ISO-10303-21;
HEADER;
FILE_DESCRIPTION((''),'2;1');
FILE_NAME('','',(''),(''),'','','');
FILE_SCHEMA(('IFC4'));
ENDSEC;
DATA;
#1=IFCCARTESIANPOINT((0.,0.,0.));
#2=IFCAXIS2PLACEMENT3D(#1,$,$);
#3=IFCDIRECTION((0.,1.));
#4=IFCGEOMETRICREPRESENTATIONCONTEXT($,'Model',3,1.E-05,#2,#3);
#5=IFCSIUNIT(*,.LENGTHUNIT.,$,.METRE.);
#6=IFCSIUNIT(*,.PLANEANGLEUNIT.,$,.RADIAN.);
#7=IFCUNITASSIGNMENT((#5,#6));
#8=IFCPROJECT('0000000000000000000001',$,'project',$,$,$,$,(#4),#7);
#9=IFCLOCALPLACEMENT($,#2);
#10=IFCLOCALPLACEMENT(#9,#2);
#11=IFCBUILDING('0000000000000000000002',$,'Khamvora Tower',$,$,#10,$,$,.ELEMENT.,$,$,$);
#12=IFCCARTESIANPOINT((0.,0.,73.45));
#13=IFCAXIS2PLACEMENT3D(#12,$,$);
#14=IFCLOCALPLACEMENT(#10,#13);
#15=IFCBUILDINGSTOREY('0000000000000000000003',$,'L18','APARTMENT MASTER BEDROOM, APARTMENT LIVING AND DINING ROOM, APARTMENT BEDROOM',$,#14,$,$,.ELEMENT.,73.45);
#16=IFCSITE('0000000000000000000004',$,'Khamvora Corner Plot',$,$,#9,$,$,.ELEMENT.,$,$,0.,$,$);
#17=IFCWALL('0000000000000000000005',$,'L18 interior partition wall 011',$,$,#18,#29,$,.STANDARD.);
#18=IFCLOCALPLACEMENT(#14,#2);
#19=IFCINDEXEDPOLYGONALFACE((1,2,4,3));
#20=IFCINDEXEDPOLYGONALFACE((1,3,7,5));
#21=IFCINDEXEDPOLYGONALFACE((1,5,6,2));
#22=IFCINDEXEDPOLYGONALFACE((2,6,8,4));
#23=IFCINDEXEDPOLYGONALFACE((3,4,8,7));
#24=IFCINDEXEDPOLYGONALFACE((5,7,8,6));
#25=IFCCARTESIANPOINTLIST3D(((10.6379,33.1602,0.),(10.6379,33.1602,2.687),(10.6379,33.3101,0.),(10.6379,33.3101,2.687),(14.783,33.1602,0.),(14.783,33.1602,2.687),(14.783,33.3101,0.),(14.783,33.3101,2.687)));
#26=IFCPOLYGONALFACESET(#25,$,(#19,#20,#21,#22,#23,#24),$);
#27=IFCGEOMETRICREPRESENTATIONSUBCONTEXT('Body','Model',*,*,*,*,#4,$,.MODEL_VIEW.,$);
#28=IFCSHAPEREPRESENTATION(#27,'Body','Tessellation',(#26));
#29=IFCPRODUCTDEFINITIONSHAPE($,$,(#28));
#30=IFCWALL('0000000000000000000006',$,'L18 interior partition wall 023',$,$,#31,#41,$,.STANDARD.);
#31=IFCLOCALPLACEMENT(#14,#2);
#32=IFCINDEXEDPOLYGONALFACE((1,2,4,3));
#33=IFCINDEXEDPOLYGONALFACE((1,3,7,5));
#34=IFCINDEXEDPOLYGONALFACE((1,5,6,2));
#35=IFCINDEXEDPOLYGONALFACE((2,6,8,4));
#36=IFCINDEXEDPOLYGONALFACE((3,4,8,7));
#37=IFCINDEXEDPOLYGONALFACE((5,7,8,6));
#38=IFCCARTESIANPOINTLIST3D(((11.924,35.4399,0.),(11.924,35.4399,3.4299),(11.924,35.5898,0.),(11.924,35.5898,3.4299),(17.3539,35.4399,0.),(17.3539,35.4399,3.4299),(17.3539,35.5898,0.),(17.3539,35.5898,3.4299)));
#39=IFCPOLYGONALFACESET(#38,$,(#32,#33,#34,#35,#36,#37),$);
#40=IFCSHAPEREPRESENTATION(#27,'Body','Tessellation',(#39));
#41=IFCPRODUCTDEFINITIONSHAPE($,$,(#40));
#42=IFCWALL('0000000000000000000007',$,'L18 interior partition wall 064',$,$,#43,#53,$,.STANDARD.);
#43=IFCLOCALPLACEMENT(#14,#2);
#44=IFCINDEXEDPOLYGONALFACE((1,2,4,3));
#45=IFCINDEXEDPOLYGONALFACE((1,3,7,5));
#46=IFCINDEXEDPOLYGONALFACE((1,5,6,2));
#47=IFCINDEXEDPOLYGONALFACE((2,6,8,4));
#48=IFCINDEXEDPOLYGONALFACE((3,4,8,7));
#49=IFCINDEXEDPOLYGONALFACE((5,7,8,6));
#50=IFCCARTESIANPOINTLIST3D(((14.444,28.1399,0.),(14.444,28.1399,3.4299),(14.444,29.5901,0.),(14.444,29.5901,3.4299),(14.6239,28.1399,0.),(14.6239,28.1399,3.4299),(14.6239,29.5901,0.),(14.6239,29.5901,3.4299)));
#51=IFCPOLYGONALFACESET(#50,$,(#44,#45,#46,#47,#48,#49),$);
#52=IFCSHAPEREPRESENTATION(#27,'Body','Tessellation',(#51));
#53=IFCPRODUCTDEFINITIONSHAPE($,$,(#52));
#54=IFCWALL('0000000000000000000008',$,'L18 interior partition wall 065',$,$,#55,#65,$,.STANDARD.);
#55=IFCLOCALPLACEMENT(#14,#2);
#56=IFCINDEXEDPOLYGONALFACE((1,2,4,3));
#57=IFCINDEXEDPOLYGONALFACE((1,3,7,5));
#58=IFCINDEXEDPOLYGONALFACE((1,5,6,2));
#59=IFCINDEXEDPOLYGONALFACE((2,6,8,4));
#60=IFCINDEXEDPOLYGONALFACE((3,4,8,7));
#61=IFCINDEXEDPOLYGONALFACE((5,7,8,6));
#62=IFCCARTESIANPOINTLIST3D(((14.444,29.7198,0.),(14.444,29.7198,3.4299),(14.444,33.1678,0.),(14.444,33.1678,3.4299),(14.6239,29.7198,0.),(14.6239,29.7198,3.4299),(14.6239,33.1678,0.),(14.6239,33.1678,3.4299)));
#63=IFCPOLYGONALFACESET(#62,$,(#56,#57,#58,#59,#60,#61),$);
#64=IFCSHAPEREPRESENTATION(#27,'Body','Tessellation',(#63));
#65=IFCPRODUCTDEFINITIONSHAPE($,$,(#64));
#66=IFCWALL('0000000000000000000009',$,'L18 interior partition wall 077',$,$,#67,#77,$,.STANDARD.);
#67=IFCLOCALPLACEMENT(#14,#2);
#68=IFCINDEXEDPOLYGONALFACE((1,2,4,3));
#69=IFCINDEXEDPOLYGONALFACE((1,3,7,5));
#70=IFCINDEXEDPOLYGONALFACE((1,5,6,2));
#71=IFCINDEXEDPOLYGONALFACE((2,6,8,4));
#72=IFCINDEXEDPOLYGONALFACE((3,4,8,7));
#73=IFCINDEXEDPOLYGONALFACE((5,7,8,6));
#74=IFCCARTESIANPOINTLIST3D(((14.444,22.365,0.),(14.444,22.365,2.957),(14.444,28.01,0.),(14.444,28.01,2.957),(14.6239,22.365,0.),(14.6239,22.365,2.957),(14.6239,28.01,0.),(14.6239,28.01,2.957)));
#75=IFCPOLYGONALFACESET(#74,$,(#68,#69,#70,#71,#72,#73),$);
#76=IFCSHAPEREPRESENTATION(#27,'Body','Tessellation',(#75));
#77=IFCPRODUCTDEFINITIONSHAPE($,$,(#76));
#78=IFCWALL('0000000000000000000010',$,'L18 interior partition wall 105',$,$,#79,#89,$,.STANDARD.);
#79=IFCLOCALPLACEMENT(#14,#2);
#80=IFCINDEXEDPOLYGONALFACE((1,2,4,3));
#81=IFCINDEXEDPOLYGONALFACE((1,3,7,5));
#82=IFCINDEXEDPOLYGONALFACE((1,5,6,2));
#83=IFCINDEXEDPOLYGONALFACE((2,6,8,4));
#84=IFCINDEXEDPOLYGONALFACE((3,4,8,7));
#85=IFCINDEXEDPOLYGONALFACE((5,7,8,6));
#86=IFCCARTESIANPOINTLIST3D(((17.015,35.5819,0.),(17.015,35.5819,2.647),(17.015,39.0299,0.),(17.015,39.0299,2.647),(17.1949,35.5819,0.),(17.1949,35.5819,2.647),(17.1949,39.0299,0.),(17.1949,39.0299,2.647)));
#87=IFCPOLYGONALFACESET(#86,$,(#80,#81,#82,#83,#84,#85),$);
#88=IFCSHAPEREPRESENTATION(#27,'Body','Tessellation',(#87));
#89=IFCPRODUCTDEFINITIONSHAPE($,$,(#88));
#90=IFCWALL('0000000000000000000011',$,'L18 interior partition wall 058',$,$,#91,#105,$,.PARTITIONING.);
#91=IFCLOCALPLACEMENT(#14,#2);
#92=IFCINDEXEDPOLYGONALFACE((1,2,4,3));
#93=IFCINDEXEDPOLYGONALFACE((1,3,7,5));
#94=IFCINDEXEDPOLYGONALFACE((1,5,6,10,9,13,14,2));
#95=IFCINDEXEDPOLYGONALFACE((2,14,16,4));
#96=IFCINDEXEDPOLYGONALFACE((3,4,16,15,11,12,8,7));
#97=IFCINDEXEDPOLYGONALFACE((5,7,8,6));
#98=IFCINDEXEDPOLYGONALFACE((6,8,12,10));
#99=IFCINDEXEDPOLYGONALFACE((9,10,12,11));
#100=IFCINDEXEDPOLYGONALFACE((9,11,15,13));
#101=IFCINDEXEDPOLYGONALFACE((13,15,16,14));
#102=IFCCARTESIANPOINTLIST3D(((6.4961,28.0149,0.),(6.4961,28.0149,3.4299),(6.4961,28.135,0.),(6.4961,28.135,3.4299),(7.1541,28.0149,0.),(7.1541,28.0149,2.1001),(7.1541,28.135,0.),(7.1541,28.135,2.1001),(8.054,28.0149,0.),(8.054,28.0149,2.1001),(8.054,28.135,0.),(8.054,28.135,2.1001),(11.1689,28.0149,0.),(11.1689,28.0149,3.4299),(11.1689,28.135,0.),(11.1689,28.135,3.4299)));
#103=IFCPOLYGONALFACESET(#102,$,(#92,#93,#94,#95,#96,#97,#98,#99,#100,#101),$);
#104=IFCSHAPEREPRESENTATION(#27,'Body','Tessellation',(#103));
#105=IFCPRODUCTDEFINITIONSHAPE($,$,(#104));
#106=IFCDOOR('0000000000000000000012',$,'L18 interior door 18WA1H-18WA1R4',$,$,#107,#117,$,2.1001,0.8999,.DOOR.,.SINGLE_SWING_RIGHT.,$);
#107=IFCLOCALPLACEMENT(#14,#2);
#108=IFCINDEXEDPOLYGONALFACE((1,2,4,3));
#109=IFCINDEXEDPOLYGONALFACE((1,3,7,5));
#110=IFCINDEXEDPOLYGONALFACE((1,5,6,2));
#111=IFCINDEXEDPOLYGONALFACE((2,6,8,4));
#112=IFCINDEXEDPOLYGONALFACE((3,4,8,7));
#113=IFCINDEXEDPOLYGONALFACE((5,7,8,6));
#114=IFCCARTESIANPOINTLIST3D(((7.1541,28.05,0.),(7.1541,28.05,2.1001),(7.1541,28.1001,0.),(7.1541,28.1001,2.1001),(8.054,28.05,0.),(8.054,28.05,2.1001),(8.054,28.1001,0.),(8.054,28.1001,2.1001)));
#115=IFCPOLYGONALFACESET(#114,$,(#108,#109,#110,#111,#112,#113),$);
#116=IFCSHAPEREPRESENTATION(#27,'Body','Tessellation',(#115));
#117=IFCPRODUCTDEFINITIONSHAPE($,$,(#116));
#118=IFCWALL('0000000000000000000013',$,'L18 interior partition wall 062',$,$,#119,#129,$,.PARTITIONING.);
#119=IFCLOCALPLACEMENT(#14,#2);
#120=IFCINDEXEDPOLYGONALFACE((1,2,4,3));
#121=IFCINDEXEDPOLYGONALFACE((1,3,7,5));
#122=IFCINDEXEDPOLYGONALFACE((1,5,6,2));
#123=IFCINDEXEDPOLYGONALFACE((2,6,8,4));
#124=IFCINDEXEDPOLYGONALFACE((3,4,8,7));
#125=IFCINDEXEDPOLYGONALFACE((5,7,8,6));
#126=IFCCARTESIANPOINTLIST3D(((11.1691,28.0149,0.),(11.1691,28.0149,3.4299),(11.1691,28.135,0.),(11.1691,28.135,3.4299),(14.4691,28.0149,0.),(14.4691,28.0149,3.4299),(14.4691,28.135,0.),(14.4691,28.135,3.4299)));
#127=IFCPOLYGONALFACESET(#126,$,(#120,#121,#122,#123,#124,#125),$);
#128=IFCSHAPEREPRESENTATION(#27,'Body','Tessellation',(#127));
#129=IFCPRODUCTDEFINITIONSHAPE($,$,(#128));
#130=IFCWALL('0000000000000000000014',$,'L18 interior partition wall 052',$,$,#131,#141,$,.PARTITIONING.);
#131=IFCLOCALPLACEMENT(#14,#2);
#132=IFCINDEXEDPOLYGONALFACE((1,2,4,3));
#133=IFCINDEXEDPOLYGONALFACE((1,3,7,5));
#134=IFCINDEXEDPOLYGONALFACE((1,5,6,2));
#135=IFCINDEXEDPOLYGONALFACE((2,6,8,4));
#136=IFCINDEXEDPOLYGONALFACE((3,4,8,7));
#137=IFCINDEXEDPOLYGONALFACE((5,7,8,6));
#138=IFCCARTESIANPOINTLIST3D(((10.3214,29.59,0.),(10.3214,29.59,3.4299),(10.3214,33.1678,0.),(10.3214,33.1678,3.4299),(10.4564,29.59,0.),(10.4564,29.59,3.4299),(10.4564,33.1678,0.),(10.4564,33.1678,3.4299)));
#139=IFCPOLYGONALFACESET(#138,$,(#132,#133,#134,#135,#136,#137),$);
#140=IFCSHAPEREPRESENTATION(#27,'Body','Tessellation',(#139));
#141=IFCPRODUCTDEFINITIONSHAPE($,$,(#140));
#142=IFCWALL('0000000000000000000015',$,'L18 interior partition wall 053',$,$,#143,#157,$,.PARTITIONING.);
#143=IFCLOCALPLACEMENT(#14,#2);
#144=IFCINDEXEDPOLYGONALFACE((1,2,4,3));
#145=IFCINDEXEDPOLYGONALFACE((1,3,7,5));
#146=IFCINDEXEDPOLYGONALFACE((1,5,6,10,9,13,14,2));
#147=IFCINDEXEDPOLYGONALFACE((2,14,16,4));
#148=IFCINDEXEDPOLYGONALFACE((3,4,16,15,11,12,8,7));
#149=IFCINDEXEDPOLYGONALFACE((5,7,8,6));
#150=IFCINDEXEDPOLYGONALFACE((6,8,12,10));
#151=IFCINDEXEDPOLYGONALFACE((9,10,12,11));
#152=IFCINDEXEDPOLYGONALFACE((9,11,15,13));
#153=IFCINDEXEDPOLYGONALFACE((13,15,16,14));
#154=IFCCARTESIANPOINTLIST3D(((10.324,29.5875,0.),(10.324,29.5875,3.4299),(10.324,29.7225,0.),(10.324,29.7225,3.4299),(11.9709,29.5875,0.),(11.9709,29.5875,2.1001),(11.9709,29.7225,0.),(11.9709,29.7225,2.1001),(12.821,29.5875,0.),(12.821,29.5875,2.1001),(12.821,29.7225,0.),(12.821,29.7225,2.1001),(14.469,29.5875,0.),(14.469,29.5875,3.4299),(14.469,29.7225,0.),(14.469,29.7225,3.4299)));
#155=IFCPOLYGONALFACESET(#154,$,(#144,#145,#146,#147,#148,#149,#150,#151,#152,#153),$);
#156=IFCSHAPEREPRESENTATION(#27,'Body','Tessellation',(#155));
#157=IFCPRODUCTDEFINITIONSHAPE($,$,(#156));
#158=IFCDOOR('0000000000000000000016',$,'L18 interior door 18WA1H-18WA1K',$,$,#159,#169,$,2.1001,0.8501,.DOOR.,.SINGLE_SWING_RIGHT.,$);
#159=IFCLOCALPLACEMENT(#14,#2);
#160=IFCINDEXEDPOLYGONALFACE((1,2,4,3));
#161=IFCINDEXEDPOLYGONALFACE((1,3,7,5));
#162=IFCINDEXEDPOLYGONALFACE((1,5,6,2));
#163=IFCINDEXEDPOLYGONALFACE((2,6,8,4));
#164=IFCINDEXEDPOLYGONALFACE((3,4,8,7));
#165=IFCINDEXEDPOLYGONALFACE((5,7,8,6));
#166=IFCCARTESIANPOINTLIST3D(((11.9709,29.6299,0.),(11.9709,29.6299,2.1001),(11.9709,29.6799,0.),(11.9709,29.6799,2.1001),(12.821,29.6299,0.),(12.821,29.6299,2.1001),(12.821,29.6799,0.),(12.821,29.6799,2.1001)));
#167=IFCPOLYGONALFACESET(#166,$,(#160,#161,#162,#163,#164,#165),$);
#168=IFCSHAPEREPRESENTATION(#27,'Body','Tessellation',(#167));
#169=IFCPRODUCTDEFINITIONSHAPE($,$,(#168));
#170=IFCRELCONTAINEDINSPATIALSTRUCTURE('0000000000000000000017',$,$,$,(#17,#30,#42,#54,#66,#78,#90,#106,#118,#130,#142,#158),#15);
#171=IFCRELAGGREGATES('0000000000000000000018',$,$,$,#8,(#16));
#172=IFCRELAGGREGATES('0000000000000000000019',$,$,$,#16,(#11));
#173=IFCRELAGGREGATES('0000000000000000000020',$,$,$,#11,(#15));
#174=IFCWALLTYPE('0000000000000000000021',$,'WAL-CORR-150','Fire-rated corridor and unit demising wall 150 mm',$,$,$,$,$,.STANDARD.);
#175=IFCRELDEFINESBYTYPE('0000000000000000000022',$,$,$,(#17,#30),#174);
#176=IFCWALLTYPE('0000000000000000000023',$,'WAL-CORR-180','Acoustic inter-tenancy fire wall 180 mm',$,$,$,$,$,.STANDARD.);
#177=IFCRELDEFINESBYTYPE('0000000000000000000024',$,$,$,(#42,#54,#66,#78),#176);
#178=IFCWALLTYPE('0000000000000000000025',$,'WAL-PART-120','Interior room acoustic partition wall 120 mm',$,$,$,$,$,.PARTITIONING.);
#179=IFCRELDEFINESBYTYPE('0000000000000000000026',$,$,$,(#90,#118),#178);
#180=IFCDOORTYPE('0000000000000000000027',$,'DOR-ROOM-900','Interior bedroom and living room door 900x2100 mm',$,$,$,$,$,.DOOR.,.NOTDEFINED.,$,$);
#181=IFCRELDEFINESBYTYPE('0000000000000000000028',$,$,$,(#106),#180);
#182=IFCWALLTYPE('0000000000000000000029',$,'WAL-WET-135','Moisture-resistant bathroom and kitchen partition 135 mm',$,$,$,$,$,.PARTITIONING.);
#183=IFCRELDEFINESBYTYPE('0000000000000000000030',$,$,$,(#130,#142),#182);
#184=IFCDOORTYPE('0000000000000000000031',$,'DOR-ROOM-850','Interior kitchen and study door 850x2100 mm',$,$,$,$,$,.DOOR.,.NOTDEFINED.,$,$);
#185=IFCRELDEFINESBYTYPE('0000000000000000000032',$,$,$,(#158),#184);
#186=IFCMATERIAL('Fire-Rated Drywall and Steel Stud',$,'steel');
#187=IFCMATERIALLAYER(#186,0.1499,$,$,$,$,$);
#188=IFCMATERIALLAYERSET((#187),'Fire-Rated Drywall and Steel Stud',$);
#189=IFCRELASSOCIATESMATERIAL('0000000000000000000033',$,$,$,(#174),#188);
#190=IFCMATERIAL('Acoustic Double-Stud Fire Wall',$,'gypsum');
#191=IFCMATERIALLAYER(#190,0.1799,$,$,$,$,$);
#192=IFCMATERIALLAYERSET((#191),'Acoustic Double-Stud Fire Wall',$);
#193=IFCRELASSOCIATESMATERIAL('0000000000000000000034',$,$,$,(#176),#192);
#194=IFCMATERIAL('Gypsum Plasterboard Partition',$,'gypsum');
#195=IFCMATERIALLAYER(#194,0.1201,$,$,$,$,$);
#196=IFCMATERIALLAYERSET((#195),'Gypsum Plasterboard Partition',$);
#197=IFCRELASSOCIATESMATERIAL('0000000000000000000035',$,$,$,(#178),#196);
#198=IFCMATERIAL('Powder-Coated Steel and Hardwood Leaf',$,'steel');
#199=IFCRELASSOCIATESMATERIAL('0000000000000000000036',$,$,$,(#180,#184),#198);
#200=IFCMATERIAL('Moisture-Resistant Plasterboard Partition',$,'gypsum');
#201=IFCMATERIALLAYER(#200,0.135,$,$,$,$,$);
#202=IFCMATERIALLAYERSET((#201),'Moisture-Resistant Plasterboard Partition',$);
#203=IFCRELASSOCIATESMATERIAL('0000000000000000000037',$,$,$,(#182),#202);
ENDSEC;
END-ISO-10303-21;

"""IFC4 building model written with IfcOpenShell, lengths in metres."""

from ifc_helpers import new_model, si_unit, direction, frame, frame_2d, origin, place, context, subcontext, project, spatial, rectangle, extrude, material, layer, layer_set, type_object, element, fill, save


model = new_model("IFC4")

# Units and contexts
model_context = context("Model", 3, precision=1e-05, world=origin(), true_north=direction((0.0, 1.0)))
body_context = subcontext(model_context, "Body", "Model", "MODEL_VIEW")
ifc_project = project(units=[si_unit("LENGTHUNIT", "METRE"), si_unit("PLANEANGLEUNIT", "RADIAN")], contexts=[model_context])

# Site, building, storey
site_placement = place(None, origin())
site = spatial("IfcSite", under=ifc_project, at=site_placement, Name="Khamvora Corner Plot", CompositionType="ELEMENT", RefElevation=0.0)
building_placement = place(site_placement, origin())
building = spatial("IfcBuilding", under=site, at=building_placement, Name="Khamvora Tower", CompositionType="ELEMENT")
storey_placement = place(building_placement, frame((0.0, 0.0, 73.45)))
storey = spatial("IfcBuildingStorey", under=building, at=storey_placement, Name="L18", Description="APARTMENT MASTER BEDROOM, APARTMENT LIVING AND DINING ROOM, APARTMENT BEDROOM", CompositionType="ELEMENT", Elevation=73.45)

# Shared definitions
ifc_material_1 = material(Name="Fire-Rated Drywall and Steel Stud", Category="steel")
ifc_layer_1 = layer(ifc_material_1, 0.1499)
ifc_layer_set_1 = layer_set([ifc_layer_1], Name="Fire-Rated Drywall and Steel Stud")
wall_type_1 = type_object("IfcWallType", Name="WAL-CORR-150", Description="Fire-rated corridor and unit demising wall 150 mm", PredefinedType="STANDARD", material=ifc_layer_set_1)
ifc_material_2 = material(Name="Powder-Coated Steel and Hardwood Leaf", Category="steel")

# Walls
wall_1_placement = place(storey_placement, frame((14.783, 33.2351, 0.0), z_axis=(0.0, 0.0, 1.0), x_axis=(-1.0, 0.0, 0.0)))
element("IfcWall", 1, at=wall_1_placement, inside=storey, type_object=wall_type_1, Name="L18 interior partition wall 011", PredefinedType="STANDARD", context=body_context, shape_type="SweptSolid", body=[
    extrude(rectangle(XDim=4.145, YDim=0.1499, at=frame_2d((2.0725, 0.0))), origin(), (0.0, 0.0, 1.0), 2.687),
])
wall_2_placement = place(storey_placement, frame((11.9241, 35.5149, 0.0), z_axis=(0.0, 0.0, 1.0), x_axis=(1.0, 0.0, 0.0)))
element("IfcWall", 2, at=wall_2_placement, inside=storey, type_object=wall_type_1, Name="L18 interior partition wall 023", PredefinedType="STANDARD", context=body_context, shape_type="SweptSolid", body=[
    extrude(rectangle(XDim=5.4299, YDim=0.1499, at=frame_2d((2.7148, 0.0))), origin(), (0.0, 0.0, 1.0), 3.4299),
])
ifc_material_3 = material(Name="Acoustic Double-Stud Fire Wall", Category="gypsum")
ifc_layer_2 = layer(ifc_material_3, 0.1799)
ifc_layer_set_2 = layer_set([ifc_layer_2], Name="Acoustic Double-Stud Fire Wall")
wall_type_2 = type_object("IfcWallType", Name="WAL-CORR-180", Description="Acoustic inter-tenancy fire wall 180 mm", PredefinedType="STANDARD", material=ifc_layer_set_2)
wall_3_placement = place(storey_placement, frame((14.5339, 29.5901, 0.0), z_axis=(0.0, 0.0, 1.0), x_axis=(0.0, -1.0, 0.0)))
element("IfcWall", 3, at=wall_3_placement, inside=storey, type_object=wall_type_2, Name="L18 interior partition wall 064", PredefinedType="STANDARD", context=body_context, shape_type="SweptSolid", body=[
    extrude(rectangle(XDim=1.4502, YDim=0.1799, at=frame_2d((0.7251, 0.0))), origin(), (0.0, 0.0, 1.0), 3.4299),
])
wall_4_placement = place(storey_placement, frame((14.5339, 33.168, 0.0), z_axis=(0.0, 0.0, 1.0), x_axis=(0.0, -1.0, 0.0)))
element("IfcWall", 4, at=wall_4_placement, inside=storey, type_object=wall_type_2, Name="L18 interior partition wall 065", PredefinedType="STANDARD", context=body_context, shape_type="SweptSolid", body=[
    extrude(rectangle(XDim=3.448, YDim=0.1799, at=frame_2d((1.7241, 0.0))), origin(), (0.0, 0.0, 1.0), 3.4299),
])
wall_5_placement = place(storey_placement, frame((14.5339, 28.01, 0.0), z_axis=(0.0, 0.0, 1.0), x_axis=(0.0, -1.0, 0.0)))
element("IfcWall", 5, at=wall_5_placement, inside=storey, type_object=wall_type_2, Name="L18 interior partition wall 077", PredefinedType="STANDARD", context=body_context, shape_type="SweptSolid", body=[
    extrude(rectangle(XDim=5.645, YDim=0.1799, at=frame_2d((2.8225, 0.0))), origin(), (0.0, 0.0, 1.0), 2.957),
])
wall_6_placement = place(storey_placement, frame((17.105, 39.03, 0.0), z_axis=(0.0, 0.0, 1.0), x_axis=(0.0, -1.0, 0.0)))
element("IfcWall", 6, at=wall_6_placement, inside=storey, type_object=wall_type_2, Name="L18 interior partition wall 105", PredefinedType="STANDARD", context=body_context, shape_type="SweptSolid", body=[
    extrude(rectangle(XDim=3.448, YDim=0.1799, at=frame_2d((1.7241, 0.0))), origin(), (0.0, 0.0, 1.0), 2.647),
])

# Wall, opening, door
ifc_material_4 = material(Name="Gypsum Plasterboard Partition", Category="gypsum")
ifc_layer_3 = layer(ifc_material_4, 0.1201)
ifc_layer_set_3 = layer_set([ifc_layer_3], Name="Gypsum Plasterboard Partition")
wall_type_3 = type_object("IfcWallType", Name="WAL-PART-120", Description="Interior room acoustic partition wall 120 mm", PredefinedType="PARTITIONING", material=ifc_layer_set_3)
wall_7_placement = place(storey_placement, frame((11.1689, 28.075, 0.0), z_axis=(0.0, 0.0, 1.0), x_axis=(-1.0, 0.0, 0.0)))
wall_7 = element("IfcWall", 7, at=wall_7_placement, inside=storey, type_object=wall_type_3, Name="L18 interior partition wall 058", PredefinedType="PARTITIONING", context=body_context, shape_type="SweptSolid", body=[
    extrude(rectangle(XDim=4.6729, YDim=0.1201, at=frame_2d((2.3364, 0.0))), origin(), (0.0, 0.0, 1.0), 3.4299),
])
opening_1_placement = place(wall_7_placement, frame((3.115, 0.0, 0.0)))
opening_1 = element("IfcOpeningElement", 8, at=opening_1_placement, cuts=wall_7, PredefinedType="OPENING", context=body_context, shape_type="SweptSolid", body=[
    extrude(rectangle(XDim=0.8999, YDim=2.1001, at=frame_2d((0.45, 1.05))), frame((0.0, 0.0701, 0.0), z_axis=(0.0, -1.0, 0.0), x_axis=(1.0, 0.0, 0.0)), (0.0, 0.0, 1.0), 0.1401),
])
door_type_1 = type_object("IfcDoorType", Name="DOR-ROOM-900", Description="Interior bedroom and living room door 900x2100 mm", OperationType="NOTDEFINED", PredefinedType="DOOR", material=ifc_material_2)
door_1_placement = place(opening_1_placement, origin())
door_1 = element("IfcDoor", 9, at=door_1_placement, inside=storey, type_object=door_type_1, Name="L18 interior door 18WA1H-18WA1R4", OperationType="SINGLE_SWING_RIGHT", OverallHeight=2.1001, OverallWidth=0.8999, PredefinedType="DOOR", context=body_context, shape_type="SweptSolid", body=[
    extrude(rectangle(XDim=0.8999, YDim=2.1001, at=frame_2d((0.45, 1.05))), frame((0.0, 0.0249, 0.0), z_axis=(0.0, -1.0, 0.0), x_axis=(1.0, 0.0, 0.0)), (0.0, 0.0, 1.0), 0.05),
])
fill(opening_1, door_1)

# Walls
wall_8_placement = place(storey_placement, frame((14.469, 28.075, 0.0), z_axis=(0.0, 0.0, 1.0), x_axis=(-1.0, 0.0, 0.0)))
element("IfcWall", 10, at=wall_8_placement, inside=storey, type_object=wall_type_3, Name="L18 interior partition wall 062", PredefinedType="PARTITIONING", context=body_context, shape_type="SweptSolid", body=[
    extrude(rectangle(XDim=3.3, YDim=0.1201, at=frame_2d((1.6499, 0.0))), origin(), (0.0, 0.0, 1.0), 3.4299),
])
ifc_material_5 = material(Name="Moisture-Resistant Plasterboard Partition", Category="gypsum")
ifc_layer_4 = layer(ifc_material_5, 0.135)
ifc_layer_set_4 = layer_set([ifc_layer_4], Name="Moisture-Resistant Plasterboard Partition")
wall_type_4 = type_object("IfcWallType", Name="WAL-WET-135", Description="Moisture-resistant bathroom and kitchen partition 135 mm", PredefinedType="PARTITIONING", material=ifc_layer_set_4)
wall_9_placement = place(storey_placement, frame((10.3889, 33.168, 0.0), z_axis=(0.0, 0.0, 1.0), x_axis=(0.0, -1.0, 0.0)))
element("IfcWall", 11, at=wall_9_placement, inside=storey, type_object=wall_type_4, Name="L18 interior partition wall 052", PredefinedType="PARTITIONING", context=body_context, shape_type="SweptSolid", body=[
    extrude(rectangle(XDim=3.5779, YDim=0.135, at=frame_2d((1.7891, 0.0))), origin(), (0.0, 0.0, 1.0), 3.4299),
])

# Wall, opening, door
wall_10_placement = place(storey_placement, frame((10.324, 29.655, 0.0), z_axis=(0.0, 0.0, 1.0), x_axis=(1.0, 0.0, 0.0)))
wall_10 = element("IfcWall", 12, at=wall_10_placement, inside=storey, type_object=wall_type_4, Name="L18 interior partition wall 053", PredefinedType="PARTITIONING", context=body_context, shape_type="SweptSolid", body=[
    extrude(rectangle(XDim=4.145, YDim=0.135, at=frame_2d((2.0725, 0.0))), origin(), (0.0, 0.0, 1.0), 3.4299),
])
opening_2_placement = place(wall_10_placement, frame((1.647, 0.0, 0.0)))
opening_2 = element("IfcOpeningElement", 13, at=opening_2_placement, cuts=wall_10, PredefinedType="OPENING", context=body_context, shape_type="SweptSolid", body=[
    extrude(rectangle(XDim=0.8501, YDim=2.1001, at=frame_2d((0.425, 1.05))), frame((0.0, 0.0774, 0.0), z_axis=(0.0, -1.0, 0.0), x_axis=(1.0, 0.0, 0.0)), (0.0, 0.0, 1.0), 0.155),
])
door_type_2 = type_object("IfcDoorType", Name="DOR-ROOM-850", Description="Interior kitchen and study door 850x2100 mm", OperationType="NOTDEFINED", PredefinedType="DOOR", material=ifc_material_2)
door_2_placement = place(opening_2_placement, origin())
door_2 = element("IfcDoor", 14, at=door_2_placement, inside=storey, type_object=door_type_2, Name="L18 interior door 18WA1H-18WA1K", OperationType="SINGLE_SWING_RIGHT", OverallHeight=2.1001, OverallWidth=0.8501, PredefinedType="DOOR", context=body_context, shape_type="SweptSolid", body=[
    extrude(rectangle(XDim=0.8501, YDim=2.1001, at=frame_2d((0.425, 1.05))), frame((0.0, 0.0249, 0.0), z_axis=(0.0, -1.0, 0.0), x_axis=(1.0, 0.0, 0.0)), (0.0, 0.0, 1.0), 0.05),
])
fill(opening_2, door_2)

save(model, "model.ifc")
